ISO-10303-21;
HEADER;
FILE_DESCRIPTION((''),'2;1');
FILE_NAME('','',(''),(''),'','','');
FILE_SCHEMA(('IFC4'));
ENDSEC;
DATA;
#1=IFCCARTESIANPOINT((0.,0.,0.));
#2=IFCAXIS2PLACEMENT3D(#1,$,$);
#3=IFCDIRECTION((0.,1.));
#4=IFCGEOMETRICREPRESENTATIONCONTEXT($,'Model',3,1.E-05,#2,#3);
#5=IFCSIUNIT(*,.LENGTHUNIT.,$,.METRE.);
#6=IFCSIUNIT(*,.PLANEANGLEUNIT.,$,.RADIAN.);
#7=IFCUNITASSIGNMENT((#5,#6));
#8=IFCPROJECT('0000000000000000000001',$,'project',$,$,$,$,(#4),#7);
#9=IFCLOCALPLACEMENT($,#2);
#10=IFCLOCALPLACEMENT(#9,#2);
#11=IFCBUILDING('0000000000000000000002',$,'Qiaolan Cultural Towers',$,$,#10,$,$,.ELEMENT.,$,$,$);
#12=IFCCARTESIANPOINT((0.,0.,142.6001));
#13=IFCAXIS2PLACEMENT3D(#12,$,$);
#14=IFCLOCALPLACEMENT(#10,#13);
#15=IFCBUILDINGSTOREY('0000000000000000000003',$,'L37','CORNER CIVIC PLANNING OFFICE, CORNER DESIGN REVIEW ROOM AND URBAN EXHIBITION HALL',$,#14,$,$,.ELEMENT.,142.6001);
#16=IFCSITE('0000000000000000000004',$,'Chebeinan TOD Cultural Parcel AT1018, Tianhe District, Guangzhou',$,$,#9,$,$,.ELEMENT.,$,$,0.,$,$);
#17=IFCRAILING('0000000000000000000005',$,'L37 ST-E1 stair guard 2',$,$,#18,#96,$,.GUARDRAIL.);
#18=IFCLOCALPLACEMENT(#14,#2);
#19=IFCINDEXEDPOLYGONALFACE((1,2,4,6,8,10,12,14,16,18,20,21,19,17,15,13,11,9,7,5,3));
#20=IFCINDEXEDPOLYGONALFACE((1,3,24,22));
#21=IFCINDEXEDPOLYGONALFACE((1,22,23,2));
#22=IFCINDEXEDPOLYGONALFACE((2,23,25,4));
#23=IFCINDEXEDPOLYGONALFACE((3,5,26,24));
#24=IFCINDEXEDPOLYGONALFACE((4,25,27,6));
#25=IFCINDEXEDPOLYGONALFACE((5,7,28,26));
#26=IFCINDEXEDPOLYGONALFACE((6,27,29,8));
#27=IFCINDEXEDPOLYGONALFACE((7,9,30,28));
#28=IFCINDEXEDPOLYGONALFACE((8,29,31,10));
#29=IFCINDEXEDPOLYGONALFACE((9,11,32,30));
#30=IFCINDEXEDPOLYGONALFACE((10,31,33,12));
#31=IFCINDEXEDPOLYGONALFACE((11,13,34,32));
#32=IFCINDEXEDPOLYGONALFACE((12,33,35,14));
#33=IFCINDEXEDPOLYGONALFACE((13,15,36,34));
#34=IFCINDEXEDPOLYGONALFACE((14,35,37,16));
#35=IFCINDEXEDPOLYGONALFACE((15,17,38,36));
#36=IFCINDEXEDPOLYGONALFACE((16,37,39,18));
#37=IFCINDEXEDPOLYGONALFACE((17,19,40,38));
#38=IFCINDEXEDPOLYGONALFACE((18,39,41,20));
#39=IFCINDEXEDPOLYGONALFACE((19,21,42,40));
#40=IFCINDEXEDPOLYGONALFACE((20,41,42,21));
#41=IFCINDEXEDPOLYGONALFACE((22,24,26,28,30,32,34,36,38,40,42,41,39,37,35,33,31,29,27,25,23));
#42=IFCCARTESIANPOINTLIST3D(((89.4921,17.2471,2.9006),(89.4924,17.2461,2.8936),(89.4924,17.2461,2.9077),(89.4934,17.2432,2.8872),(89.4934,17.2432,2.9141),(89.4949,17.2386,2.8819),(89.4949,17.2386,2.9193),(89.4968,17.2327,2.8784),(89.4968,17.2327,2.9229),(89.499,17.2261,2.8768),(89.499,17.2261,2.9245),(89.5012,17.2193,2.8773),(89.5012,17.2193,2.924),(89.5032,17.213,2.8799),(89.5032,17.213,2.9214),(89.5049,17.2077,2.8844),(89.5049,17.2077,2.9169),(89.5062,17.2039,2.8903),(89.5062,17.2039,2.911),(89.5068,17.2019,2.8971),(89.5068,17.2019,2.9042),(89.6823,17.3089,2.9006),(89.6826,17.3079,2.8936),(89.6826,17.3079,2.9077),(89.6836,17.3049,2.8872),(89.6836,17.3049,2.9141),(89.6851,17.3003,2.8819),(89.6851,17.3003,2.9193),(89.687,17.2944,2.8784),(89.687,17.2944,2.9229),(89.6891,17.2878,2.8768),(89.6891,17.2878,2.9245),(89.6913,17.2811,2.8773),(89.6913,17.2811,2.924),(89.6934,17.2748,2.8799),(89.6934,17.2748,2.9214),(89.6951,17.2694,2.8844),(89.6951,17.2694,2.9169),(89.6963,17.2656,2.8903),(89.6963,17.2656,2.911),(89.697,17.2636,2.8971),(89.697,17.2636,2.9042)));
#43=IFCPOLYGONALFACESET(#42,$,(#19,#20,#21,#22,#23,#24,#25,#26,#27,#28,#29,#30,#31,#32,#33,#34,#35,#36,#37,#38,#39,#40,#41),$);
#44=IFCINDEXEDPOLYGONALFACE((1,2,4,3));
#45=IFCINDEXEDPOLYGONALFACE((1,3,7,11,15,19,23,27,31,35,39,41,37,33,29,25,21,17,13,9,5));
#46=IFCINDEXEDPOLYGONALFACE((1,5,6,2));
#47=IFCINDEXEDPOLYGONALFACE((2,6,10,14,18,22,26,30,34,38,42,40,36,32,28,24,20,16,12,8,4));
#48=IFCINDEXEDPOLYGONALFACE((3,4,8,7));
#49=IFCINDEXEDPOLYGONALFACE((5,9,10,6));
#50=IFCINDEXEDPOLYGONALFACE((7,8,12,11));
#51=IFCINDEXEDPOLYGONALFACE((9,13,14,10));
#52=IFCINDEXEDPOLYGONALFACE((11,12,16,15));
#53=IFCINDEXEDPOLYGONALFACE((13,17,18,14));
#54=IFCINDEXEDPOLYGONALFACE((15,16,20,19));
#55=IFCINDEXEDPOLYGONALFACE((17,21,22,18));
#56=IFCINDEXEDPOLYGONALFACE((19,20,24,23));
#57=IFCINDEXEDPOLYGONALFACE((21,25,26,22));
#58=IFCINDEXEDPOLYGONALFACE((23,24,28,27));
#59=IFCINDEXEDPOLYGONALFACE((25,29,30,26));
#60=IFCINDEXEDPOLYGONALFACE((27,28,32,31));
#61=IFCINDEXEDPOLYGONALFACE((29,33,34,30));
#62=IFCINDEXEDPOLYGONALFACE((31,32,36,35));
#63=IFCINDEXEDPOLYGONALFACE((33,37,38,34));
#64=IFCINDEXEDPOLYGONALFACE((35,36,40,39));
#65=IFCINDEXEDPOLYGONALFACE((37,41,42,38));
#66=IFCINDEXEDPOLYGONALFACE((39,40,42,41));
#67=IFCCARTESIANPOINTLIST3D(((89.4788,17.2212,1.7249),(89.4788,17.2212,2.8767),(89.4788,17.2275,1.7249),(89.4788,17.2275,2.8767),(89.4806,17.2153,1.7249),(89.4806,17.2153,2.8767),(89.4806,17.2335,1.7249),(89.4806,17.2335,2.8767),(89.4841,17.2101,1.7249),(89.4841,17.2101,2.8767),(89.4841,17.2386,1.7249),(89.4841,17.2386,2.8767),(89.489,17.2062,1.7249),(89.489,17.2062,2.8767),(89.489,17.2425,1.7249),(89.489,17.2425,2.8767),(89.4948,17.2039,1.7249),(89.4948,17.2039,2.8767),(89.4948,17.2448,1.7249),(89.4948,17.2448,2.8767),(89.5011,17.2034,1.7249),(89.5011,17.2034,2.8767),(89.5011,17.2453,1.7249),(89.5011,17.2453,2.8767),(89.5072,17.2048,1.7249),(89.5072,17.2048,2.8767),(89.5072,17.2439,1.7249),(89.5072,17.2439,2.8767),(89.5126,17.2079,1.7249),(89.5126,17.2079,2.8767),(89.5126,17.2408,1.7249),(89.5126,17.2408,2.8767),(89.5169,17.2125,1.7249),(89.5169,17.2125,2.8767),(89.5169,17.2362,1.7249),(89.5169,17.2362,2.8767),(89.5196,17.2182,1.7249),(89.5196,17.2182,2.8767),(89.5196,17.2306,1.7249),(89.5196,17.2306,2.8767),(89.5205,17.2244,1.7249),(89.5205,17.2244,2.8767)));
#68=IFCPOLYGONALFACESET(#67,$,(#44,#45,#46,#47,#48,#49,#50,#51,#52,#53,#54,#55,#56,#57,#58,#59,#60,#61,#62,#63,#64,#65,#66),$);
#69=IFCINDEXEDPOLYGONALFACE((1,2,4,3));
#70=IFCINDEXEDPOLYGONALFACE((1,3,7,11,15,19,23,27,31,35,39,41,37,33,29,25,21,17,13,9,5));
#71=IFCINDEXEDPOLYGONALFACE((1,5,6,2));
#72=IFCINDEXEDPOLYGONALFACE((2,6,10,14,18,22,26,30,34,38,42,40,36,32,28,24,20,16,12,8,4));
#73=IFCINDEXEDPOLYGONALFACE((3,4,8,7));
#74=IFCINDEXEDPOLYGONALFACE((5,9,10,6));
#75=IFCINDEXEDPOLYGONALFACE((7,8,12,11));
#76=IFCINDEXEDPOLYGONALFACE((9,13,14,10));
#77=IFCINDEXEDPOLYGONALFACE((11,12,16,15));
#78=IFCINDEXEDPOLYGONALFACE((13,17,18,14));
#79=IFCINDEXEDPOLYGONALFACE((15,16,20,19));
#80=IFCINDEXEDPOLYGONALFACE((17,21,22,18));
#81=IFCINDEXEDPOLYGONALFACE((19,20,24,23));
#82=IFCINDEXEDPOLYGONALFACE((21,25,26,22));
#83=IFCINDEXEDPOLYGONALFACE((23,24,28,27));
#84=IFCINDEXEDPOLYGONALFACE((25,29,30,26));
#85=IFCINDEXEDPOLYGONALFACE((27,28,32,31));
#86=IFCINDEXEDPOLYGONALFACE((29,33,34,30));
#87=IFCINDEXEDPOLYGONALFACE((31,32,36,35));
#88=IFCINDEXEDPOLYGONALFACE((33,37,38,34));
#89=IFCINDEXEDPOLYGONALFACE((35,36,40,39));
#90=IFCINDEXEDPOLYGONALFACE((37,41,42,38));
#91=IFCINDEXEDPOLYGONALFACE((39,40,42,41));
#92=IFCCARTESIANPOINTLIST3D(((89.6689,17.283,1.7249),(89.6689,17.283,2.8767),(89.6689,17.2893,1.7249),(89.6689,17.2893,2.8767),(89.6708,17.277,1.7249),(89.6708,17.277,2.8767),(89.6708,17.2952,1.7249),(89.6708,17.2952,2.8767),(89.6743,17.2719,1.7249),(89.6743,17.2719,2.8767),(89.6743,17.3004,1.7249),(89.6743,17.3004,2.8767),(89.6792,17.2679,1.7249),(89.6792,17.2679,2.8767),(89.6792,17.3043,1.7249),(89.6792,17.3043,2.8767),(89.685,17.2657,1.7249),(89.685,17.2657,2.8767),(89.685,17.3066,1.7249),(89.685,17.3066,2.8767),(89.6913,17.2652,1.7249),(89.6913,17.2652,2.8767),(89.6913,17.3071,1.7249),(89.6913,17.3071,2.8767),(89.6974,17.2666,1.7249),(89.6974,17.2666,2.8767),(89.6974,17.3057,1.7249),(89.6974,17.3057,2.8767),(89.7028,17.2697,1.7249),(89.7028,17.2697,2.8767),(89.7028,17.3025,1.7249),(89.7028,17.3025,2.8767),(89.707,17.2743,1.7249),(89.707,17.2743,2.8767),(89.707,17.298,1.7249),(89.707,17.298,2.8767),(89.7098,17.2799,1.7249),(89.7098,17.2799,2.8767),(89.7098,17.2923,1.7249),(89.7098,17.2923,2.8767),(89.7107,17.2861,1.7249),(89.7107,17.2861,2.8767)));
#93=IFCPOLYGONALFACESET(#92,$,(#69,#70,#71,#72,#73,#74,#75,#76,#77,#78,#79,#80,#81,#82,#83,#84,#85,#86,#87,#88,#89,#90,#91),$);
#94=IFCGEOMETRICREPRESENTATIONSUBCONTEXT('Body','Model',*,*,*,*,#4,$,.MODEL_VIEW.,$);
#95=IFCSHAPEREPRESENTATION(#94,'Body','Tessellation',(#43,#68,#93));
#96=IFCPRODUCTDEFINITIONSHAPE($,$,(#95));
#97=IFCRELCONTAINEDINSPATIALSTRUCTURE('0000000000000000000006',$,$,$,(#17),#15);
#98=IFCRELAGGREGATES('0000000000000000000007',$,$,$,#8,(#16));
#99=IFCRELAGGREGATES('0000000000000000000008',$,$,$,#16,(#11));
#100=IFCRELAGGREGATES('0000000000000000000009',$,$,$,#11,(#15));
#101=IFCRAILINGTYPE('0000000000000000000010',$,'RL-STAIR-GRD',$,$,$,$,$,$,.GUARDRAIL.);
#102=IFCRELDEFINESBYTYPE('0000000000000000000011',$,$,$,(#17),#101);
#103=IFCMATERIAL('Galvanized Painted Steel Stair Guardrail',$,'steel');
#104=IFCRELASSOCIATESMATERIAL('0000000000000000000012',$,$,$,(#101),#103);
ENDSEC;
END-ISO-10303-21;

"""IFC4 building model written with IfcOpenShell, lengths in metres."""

from ifc_helpers import new_model, si_unit, direction, frame, origin, origin_2d, place, context, subcontext, project, spatial, circle, extrude, material, type_object, element, save


model = new_model("IFC4")

# Units and contexts
model_context = context("Model", 3, precision=1e-05, world=origin(), true_north=direction((0.0, 1.0)))
body_context = subcontext(model_context, "Body", "Model", "MODEL_VIEW")
ifc_project = project(units=[si_unit("LENGTHUNIT", "METRE"), si_unit("PLANEANGLEUNIT", "RADIAN")], contexts=[model_context])

# Site, building, storey
site_placement = place(None, origin())
site = spatial("IfcSite", under=ifc_project, at=site_placement, Name="Chebeinan TOD Cultural Parcel AT1018, Tianhe District, Guangzhou", CompositionType="ELEMENT", RefElevation=0.0)
building_placement = place(site_placement, origin())
building = spatial("IfcBuilding", under=site, at=building_placement, Name="Qiaolan Cultural Towers", CompositionType="ELEMENT")
storey_placement = place(building_placement, frame((0.0, 0.0, 142.6001)))
storey = spatial("IfcBuildingStorey", under=building, at=storey_placement, Name="L37", Description="CORNER CIVIC PLANNING OFFICE, CORNER DESIGN REVIEW ROOM AND URBAN EXHIBITION HALL", CompositionType="ELEMENT", Elevation=142.6001)

# Railing
ifc_material_1 = material(Name="Galvanized Painted Steel Stair Guardrail", Category="steel")
railing_type_1 = type_object("IfcRailingType", Name="RL-STAIR-GRD", PredefinedType="GUARDRAIL", material=ifc_material_1)
railing_1_placement = place(storey_placement, frame((89.4995, 17.2244, 1.7249)))
element("IfcRailing", 1, at=railing_1_placement, inside=storey, type_object=railing_type_1, Name="L37 ST-E1 stair guard 2", PredefinedType="GUARDRAIL", context=body_context, shape_type="SweptSolid", body=[
    extrude(circle(Radius=0.0239, at=origin_2d()), frame((0.0, 0.0, 1.1758), z_axis=(0.951097, 0.308893, 0.0), x_axis=(-0.308893, 0.951097, 0.0)), (0.0, 0.0, 1.0), 0.2),
    extrude(circle(Radius=0.021, at=origin_2d()), origin(), (0.0, 0.0, 1.0), 1.1519),
    extrude(circle(Radius=0.021, at=origin_2d()), frame((0.1902, 0.0618, 0.0)), (0.0, 0.0, 1.0), 1.1519),
])

save(model, "model.ifc")
